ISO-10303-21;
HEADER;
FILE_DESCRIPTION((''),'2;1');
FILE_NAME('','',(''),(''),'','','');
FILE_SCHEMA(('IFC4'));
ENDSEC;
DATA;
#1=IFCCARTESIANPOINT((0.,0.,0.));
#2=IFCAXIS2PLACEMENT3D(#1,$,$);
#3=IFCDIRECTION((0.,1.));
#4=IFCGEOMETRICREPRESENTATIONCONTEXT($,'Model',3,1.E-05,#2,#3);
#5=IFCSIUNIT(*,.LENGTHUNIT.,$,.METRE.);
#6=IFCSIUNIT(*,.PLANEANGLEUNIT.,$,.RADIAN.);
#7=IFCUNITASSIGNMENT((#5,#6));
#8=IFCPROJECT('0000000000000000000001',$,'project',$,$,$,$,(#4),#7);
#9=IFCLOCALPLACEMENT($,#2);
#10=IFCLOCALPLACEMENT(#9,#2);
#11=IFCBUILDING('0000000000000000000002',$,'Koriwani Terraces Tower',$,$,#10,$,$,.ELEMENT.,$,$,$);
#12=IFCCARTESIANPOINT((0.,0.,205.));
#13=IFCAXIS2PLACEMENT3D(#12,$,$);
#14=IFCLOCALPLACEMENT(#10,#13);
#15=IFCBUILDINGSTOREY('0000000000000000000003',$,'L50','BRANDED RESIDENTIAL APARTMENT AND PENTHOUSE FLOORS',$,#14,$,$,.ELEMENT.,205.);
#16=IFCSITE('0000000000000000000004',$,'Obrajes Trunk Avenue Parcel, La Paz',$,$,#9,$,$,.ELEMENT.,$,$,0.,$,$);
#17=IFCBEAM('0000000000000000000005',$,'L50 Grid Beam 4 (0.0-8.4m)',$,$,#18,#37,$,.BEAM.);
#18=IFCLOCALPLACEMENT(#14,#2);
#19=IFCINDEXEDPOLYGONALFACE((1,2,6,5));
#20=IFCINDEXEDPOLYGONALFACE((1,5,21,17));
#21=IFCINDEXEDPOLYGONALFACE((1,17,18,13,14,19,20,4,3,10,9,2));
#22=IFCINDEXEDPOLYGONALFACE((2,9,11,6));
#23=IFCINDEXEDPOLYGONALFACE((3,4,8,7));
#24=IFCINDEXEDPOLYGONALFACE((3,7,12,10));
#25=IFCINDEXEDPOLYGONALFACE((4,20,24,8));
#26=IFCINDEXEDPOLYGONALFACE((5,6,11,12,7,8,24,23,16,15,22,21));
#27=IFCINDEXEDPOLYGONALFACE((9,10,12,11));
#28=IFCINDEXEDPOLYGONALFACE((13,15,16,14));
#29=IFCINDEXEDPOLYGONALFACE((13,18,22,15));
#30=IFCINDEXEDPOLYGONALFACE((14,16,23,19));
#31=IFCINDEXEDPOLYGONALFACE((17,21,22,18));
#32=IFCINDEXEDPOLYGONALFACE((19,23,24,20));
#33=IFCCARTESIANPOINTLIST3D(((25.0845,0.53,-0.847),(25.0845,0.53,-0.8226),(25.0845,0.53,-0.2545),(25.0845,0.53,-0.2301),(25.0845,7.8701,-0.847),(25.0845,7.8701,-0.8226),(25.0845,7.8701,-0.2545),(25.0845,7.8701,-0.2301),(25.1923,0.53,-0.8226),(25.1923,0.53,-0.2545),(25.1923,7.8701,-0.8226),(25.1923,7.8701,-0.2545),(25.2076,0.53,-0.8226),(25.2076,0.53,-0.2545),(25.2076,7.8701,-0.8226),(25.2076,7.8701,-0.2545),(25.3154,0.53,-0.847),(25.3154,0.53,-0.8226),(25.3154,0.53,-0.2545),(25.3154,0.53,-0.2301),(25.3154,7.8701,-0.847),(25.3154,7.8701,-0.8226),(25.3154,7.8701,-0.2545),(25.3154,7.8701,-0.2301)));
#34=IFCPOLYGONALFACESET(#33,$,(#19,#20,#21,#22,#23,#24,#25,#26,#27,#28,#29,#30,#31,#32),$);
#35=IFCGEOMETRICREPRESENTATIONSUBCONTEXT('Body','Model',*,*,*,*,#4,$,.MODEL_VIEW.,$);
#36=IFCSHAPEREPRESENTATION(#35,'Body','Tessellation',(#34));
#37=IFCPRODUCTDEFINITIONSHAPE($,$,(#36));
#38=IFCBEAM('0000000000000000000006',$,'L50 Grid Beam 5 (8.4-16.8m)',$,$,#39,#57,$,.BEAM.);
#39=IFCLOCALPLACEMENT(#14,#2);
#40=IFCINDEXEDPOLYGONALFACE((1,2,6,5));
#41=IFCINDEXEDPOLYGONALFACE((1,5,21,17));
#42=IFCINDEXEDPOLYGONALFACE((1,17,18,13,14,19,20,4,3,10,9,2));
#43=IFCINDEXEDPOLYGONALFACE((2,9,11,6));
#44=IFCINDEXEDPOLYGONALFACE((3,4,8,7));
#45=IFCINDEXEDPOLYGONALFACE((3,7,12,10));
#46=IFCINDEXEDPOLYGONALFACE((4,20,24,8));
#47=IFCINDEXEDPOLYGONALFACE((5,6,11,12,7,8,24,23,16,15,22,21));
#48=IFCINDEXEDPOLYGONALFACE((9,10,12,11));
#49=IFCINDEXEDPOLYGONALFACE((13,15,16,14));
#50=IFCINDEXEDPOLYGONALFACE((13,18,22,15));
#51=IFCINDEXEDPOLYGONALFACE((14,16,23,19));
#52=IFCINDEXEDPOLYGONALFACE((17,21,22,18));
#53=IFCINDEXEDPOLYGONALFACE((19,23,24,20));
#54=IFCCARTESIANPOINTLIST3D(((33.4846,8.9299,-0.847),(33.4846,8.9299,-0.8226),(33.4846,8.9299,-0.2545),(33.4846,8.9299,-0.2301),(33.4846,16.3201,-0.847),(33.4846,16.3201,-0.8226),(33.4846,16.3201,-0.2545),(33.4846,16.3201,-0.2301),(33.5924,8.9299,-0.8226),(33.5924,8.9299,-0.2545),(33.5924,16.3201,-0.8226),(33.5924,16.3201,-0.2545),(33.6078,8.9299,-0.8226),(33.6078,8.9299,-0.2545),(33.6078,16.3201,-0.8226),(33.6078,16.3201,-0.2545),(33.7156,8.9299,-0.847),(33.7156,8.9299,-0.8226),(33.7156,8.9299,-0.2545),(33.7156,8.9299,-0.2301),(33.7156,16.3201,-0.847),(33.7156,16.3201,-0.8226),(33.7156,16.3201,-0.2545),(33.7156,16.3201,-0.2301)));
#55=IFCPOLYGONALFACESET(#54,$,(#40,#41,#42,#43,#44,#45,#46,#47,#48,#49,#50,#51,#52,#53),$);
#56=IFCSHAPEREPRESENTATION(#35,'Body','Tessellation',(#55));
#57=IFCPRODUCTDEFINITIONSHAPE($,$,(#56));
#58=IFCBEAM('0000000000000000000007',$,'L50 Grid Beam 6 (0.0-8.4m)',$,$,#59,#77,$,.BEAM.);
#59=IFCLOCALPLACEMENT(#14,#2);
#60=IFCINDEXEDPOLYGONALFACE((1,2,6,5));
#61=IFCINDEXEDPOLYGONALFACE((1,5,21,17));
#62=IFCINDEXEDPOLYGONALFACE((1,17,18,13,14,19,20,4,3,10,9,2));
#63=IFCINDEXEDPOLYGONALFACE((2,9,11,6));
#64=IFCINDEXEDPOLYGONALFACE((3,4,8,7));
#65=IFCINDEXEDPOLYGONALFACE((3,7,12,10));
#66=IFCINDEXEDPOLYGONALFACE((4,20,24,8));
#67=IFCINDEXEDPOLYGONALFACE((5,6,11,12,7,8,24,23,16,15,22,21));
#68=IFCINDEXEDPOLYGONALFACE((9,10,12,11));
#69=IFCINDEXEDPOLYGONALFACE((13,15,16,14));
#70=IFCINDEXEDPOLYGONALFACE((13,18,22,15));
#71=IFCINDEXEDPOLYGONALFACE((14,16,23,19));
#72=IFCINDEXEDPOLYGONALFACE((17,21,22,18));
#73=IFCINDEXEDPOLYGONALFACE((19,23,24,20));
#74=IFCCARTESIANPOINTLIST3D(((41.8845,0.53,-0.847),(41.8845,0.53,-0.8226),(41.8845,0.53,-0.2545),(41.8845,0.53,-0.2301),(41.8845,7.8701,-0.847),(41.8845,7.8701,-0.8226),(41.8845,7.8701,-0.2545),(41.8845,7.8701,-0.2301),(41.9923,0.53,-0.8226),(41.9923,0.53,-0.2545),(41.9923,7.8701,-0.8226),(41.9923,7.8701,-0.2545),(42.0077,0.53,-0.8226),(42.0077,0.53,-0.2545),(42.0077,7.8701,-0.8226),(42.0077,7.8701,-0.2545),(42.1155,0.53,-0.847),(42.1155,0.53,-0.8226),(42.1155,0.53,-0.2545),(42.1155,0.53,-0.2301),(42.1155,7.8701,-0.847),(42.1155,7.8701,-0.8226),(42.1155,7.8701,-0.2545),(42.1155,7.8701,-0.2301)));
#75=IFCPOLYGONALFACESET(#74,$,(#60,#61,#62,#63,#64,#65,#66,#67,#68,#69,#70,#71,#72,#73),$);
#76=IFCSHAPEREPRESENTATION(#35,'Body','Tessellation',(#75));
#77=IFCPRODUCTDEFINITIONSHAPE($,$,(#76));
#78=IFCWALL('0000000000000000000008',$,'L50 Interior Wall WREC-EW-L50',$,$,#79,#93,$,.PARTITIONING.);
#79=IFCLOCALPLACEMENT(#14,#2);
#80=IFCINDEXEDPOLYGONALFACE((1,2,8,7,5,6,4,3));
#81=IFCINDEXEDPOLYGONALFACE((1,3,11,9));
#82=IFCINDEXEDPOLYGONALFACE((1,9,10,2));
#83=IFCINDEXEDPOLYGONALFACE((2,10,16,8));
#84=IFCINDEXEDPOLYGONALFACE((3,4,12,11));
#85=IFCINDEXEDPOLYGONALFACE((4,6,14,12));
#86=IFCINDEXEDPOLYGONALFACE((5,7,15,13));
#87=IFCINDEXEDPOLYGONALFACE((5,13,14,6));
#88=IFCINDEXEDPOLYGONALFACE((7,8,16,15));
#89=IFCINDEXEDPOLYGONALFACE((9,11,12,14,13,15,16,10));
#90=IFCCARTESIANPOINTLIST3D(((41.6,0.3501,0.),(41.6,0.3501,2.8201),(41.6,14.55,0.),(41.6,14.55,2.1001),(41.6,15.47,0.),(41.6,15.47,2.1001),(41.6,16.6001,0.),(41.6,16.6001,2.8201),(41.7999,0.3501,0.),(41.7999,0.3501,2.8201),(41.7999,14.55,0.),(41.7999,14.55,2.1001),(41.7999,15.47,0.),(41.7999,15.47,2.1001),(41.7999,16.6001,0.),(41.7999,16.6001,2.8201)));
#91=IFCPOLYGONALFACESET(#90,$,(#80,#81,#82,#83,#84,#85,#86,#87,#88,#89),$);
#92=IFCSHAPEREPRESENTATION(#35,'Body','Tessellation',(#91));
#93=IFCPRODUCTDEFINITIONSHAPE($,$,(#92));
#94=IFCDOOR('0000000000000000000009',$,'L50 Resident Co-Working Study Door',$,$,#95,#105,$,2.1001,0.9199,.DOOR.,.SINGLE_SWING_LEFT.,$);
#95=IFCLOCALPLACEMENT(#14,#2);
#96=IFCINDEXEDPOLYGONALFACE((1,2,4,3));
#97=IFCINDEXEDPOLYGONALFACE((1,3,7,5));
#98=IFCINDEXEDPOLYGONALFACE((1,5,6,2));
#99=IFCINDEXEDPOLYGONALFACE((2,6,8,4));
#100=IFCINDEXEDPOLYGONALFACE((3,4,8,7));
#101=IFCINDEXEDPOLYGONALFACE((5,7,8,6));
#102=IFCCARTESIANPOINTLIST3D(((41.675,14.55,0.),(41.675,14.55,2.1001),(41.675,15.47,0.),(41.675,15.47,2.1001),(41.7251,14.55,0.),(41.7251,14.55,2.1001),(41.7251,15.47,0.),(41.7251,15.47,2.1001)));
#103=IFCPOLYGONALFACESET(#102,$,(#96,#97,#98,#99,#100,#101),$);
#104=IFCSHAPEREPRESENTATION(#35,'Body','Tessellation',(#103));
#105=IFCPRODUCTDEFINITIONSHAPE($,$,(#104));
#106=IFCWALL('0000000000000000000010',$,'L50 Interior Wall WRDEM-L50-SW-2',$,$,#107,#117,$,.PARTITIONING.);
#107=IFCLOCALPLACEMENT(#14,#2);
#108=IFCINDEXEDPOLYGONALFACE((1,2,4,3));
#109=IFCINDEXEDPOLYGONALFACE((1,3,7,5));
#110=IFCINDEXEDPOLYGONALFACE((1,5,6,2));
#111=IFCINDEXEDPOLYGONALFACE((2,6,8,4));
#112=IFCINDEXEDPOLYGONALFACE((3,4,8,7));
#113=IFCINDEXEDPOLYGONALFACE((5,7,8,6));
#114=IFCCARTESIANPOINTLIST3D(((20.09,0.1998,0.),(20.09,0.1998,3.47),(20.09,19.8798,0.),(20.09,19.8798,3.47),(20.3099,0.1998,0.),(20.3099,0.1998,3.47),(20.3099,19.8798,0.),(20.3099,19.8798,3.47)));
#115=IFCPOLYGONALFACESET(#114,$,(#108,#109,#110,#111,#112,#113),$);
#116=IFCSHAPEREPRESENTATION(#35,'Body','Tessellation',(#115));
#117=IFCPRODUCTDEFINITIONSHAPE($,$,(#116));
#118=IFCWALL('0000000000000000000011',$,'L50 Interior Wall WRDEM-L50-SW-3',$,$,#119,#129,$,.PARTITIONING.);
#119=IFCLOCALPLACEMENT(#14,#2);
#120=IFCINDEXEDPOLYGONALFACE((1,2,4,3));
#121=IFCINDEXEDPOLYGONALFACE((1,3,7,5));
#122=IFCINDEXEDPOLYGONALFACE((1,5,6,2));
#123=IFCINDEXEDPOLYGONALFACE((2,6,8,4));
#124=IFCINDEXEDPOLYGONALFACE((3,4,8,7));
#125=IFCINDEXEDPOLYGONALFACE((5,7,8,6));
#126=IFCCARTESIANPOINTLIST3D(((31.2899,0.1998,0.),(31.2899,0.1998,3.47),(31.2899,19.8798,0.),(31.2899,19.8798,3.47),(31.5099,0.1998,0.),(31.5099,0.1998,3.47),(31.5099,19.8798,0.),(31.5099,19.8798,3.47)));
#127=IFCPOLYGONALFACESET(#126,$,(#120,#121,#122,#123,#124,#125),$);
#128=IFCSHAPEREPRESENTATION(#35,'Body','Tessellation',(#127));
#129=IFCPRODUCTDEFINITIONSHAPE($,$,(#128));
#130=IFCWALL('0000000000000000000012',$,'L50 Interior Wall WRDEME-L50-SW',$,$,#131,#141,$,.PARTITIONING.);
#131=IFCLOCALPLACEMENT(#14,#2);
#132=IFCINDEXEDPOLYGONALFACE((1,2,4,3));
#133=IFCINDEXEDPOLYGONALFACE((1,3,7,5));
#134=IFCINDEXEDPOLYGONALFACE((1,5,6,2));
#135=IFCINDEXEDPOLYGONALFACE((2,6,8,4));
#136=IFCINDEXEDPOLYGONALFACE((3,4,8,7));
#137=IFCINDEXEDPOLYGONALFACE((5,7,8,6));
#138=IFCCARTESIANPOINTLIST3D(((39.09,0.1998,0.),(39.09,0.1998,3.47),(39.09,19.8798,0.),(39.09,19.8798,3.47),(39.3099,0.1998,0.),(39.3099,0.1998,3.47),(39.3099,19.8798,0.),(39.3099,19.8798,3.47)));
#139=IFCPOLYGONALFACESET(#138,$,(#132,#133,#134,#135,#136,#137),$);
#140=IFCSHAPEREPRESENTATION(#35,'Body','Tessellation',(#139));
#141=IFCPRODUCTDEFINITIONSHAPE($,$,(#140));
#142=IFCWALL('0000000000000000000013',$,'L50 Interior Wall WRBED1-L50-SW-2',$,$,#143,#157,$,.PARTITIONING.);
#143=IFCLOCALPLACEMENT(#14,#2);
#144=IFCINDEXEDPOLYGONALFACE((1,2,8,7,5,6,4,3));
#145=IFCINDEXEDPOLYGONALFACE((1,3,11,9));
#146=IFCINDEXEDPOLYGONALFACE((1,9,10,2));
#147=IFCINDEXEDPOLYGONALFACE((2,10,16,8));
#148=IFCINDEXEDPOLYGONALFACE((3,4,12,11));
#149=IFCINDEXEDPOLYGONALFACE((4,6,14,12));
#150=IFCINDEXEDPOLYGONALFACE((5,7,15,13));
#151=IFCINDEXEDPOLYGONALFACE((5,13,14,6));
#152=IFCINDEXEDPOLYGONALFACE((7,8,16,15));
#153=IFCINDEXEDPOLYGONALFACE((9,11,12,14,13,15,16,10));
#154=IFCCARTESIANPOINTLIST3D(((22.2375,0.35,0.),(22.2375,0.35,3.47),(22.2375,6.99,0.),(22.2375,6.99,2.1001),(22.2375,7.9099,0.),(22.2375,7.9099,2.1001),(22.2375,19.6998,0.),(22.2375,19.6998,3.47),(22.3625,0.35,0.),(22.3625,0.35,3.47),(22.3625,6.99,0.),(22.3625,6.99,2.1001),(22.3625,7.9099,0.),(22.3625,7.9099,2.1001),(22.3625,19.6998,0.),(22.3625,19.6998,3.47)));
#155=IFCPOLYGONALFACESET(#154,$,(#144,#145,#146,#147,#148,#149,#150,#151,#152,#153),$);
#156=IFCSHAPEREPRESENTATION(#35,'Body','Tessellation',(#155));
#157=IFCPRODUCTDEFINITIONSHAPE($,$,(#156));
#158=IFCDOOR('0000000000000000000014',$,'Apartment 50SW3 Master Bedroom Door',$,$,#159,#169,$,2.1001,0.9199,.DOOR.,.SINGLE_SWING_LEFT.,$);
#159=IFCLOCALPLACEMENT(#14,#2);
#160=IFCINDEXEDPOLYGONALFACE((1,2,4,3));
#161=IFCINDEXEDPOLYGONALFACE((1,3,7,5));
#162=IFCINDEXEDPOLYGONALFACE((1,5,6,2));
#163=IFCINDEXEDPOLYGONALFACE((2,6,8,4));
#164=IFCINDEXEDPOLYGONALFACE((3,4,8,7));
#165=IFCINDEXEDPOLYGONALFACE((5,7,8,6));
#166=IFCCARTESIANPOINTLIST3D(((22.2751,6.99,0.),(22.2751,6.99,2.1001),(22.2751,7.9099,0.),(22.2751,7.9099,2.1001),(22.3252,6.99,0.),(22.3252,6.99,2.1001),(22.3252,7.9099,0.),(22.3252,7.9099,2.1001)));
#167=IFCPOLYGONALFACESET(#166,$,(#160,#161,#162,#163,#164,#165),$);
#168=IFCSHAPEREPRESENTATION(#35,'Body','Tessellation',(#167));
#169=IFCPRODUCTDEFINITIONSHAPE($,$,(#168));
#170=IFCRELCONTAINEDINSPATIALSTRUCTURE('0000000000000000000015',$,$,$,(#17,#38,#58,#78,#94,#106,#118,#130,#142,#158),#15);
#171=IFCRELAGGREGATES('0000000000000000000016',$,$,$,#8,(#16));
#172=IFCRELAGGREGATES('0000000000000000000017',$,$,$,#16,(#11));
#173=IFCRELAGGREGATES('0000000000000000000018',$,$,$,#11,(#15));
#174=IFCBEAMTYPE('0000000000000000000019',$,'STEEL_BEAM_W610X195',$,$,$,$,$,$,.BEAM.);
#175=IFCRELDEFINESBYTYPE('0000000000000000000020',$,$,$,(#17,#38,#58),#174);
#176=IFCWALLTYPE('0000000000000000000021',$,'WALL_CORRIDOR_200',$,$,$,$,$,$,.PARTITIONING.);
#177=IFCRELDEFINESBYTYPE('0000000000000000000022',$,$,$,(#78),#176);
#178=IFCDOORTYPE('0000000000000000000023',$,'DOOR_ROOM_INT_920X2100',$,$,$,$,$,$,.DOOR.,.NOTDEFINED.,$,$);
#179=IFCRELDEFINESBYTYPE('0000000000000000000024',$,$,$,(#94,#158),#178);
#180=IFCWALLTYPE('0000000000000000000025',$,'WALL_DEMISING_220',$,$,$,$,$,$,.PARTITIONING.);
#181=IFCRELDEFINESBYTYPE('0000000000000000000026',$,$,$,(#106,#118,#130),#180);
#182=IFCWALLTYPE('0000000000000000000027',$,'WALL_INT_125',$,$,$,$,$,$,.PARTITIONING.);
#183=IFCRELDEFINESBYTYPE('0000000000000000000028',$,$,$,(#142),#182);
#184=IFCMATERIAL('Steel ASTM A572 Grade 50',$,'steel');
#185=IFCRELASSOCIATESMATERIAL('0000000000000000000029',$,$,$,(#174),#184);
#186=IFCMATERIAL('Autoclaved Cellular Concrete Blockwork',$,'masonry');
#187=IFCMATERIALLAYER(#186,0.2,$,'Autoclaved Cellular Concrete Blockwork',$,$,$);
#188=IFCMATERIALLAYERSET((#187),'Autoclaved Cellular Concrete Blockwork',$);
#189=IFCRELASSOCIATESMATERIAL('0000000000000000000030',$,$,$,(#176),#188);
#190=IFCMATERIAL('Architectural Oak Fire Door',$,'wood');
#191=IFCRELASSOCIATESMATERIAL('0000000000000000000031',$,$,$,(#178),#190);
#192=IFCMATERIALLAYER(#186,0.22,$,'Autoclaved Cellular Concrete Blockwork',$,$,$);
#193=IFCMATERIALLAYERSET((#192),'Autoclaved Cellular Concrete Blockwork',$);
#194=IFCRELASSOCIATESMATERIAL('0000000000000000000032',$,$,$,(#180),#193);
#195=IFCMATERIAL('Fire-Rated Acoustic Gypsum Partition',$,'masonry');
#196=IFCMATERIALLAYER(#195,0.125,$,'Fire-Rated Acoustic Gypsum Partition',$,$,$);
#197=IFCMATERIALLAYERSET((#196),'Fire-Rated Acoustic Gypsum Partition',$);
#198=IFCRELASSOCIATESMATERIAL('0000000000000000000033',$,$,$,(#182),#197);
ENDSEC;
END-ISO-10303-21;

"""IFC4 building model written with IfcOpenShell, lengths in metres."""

from ifc_helpers import new_model, si_unit, direction, frame, frame_2d, origin, origin_2d, place, context, subcontext, project, spatial, rectangle, i_section, extrude, material, layer, layer_set, material_profile, profile_set, type_object, element, fill, save


model = new_model("IFC4")

# Units and contexts
model_context = context("Model", 3, precision=1e-05, world=origin(), true_north=direction((0.0, 1.0)))
body_context = subcontext(model_context, "Body", "Model", "MODEL_VIEW")
ifc_project = project(units=[si_unit("LENGTHUNIT", "METRE"), si_unit("PLANEANGLEUNIT", "RADIAN")], contexts=[model_context])

# Site, building, storey
site_placement = place(None, origin())
site = spatial("IfcSite", under=ifc_project, at=site_placement, Name="Obrajes Trunk Avenue Parcel, La Paz", CompositionType="ELEMENT", RefElevation=0.0)
building_placement = place(site_placement, origin())
building = spatial("IfcBuilding", under=site, at=building_placement, Name="Koriwani Terraces Tower", CompositionType="ELEMENT")
storey_placement = place(building_placement, frame((0.0, 0.0, 205.0)))
storey = spatial("IfcBuildingStorey", under=building, at=storey_placement, Name="L50", Description="BRANDED RESIDENTIAL APARTMENT AND PENTHOUSE FLOORS", CompositionType="ELEMENT", Elevation=205.0)

# Beams
ifc_material_1 = material(Name="Steel ASTM A572 Grade 50", Category="steel")
ifc_material_profile_1 = material_profile(ifc_material_1, i_section(OverallWidth=0.231, OverallDepth=0.6169, WebThickness=0.0154, FlangeThickness=0.0244, at=origin_2d()), Name="Steel ASTM A572 Grade 50", Category="LoadBearing")
ifc_profile_set_1 = profile_set([ifc_material_profile_1], Name="Steel ASTM A572 Grade 50")
beam_type_1 = type_object("IfcBeamType", Name="STEEL_BEAM_W610X195", PredefinedType="BEAM", material=ifc_profile_set_1)
for number, where, z_axis, x_axis, name in (
    (1, (25.2, 0.53, -0.5386), (0.0, 1.0, 0.0), (-1.0, 0.0, 0.0), "L50 Grid Beam 4 (0.0-8.4m)"),
):
    element("IfcBeam", number, at=place(storey_placement, frame(where, z_axis=z_axis, x_axis=x_axis)), inside=storey, type_object=beam_type_1, Name=name, PredefinedType="BEAM", context=body_context, shape_type="SweptSolid", body=[
        extrude(i_section(OverallWidth=0.231, OverallDepth=0.6169, WebThickness=0.0154, FlangeThickness=0.0244, at=origin_2d()), origin(), (0.0, 0.0, 1.0), 7.3401),
    ])
beam_1_placement = place(storey_placement, frame((33.6001, 8.9299, -0.5386), z_axis=(0.0, 1.0, 0.0), x_axis=(-1.0, 0.0, 0.0)))
element("IfcBeam", 2, at=beam_1_placement, inside=storey, type_object=beam_type_1, Name="L50 Grid Beam 5 (8.4-16.8m)", PredefinedType="BEAM", context=body_context, shape_type="SweptSolid", body=[
    extrude(i_section(OverallWidth=0.231, OverallDepth=0.6169, WebThickness=0.0154, FlangeThickness=0.0244, at=origin_2d()), origin(), (0.0, 0.0, 1.0), 7.3901),
])
beam_2_placement = place(storey_placement, frame((42.0, 0.53, -0.5386), z_axis=(0.0, 1.0, 0.0), x_axis=(-1.0, 0.0, 0.0)))
element("IfcBeam", 3, at=beam_2_placement, inside=storey, type_object=beam_type_1, Name="L50 Grid Beam 6 (0.0-8.4m)", PredefinedType="BEAM", context=body_context, shape_type="SweptSolid", body=[
    extrude(i_section(OverallWidth=0.231, OverallDepth=0.6169, WebThickness=0.0154, FlangeThickness=0.0244, at=origin_2d()), origin(), (0.0, 0.0, 1.0), 7.3401),
])

# Wall, opening, door
ifc_material_2 = material(Name="Autoclaved Cellular Concrete Blockwork", Category="masonry")
ifc_layer_1 = layer(ifc_material_2, 0.2, Name="Autoclaved Cellular Concrete Blockwork")
ifc_layer_set_1 = layer_set([ifc_layer_1], Name="Autoclaved Cellular Concrete Blockwork")
wall_type_1 = type_object("IfcWallType", Name="WALL_CORRIDOR_200", PredefinedType="PARTITIONING", material=ifc_layer_set_1)
wall_1_placement = place(storey_placement, frame((41.7, 0.3501, 0.0), z_axis=(0.0, 0.0, 1.0), x_axis=(0.0, 1.0, 0.0)))
wall_1 = element("IfcWall", 4, at=wall_1_placement, inside=storey, type_object=wall_type_1, Name="L50 Interior Wall WREC-EW-L50", PredefinedType="PARTITIONING", context=body_context, shape_type="SweptSolid", body=[
    extrude(rectangle(XDim=16.25, YDim=0.2, at=frame_2d((8.125, 0.0))), origin(), (0.0, 0.0, 1.0), 2.8201),
])
opening_1_placement = place(wall_1_placement, frame((14.2, 0.0, 0.0)))
opening_1 = element("IfcOpeningElement", 5, at=opening_1_placement, cuts=wall_1, PredefinedType="OPENING", context=body_context, shape_type="SweptSolid", body=[
    extrude(rectangle(XDim=0.9199, YDim=2.1001, at=frame_2d((0.46, 1.05))), frame((0.0, 0.1099, 0.0), z_axis=(0.0, -1.0, 0.0), x_axis=(1.0, 0.0, 0.0)), (0.0, 0.0, 1.0), 0.22),
])
ifc_material_3 = material(Name="Architectural Oak Fire Door", Category="wood")
door_type_1 = type_object("IfcDoorType", Name="DOOR_ROOM_INT_920X2100", OperationType="NOTDEFINED", PredefinedType="DOOR", material=ifc_material_3)
door_1_placement = place(opening_1_placement, origin())
door_1 = element("IfcDoor", 6, at=door_1_placement, inside=storey, type_object=door_type_1, Name="L50 Resident Co-Working Study Door", OperationType="SINGLE_SWING_LEFT", OverallHeight=2.1001, OverallWidth=0.9199, PredefinedType="DOOR", context=body_context, shape_type="SweptSolid", body=[
    extrude(rectangle(XDim=0.9199, YDim=2.1001, at=frame_2d((0.46, 1.05))), frame((0.0, 0.0249, 0.0), z_axis=(0.0, -1.0, 0.0), x_axis=(1.0, 0.0, 0.0)), (0.0, 0.0, 1.0), 0.05),
])
fill(opening_1, door_1)

# Walls
ifc_layer_2 = layer(ifc_material_2, 0.22, Name="Autoclaved Cellular Concrete Blockwork")
ifc_layer_set_2 = layer_set([ifc_layer_2], Name="Autoclaved Cellular Concrete Blockwork")
wall_type_2 = type_object("IfcWallType", Name="WALL_DEMISING_220", PredefinedType="PARTITIONING", material=ifc_layer_set_2)
for number, where, z_axis, x_axis, name in (
    (7, (20.2, 0.2, 0.0), (0.0, 0.0, 1.0), (0.0, 1.0, 0.0), "L50 Interior Wall WRDEM-L50-SW-2"),
    (8, (31.3999, 0.2, 0.0), (0.0, 0.0, 1.0), (0.0, 1.0, 0.0), "L50 Interior Wall WRDEM-L50-SW-3"),
    (9, (39.2, 0.2, 0.0), (0.0, 0.0, 1.0), (0.0, 1.0, 0.0), "L50 Interior Wall WRDEME-L50-SW"),
):
    element("IfcWall", number, at=place(storey_placement, frame(where, z_axis=z_axis, x_axis=x_axis)), inside=storey, type_object=wall_type_2, Name=name, PredefinedType="PARTITIONING", context=body_context, shape_type="SweptSolid", body=[
        extrude(rectangle(XDim=19.6799, YDim=0.22, at=frame_2d((9.8398, 0.0))), origin(), (0.0, 0.0, 1.0), 3.47),
    ])

# Wall, opening, door
ifc_material_4 = material(Name="Fire-Rated Acoustic Gypsum Partition", Category="masonry")
ifc_layer_3 = layer(ifc_material_4, 0.125, Name="Fire-Rated Acoustic Gypsum Partition")
ifc_layer_set_3 = layer_set([ifc_layer_3], Name="Fire-Rated Acoustic Gypsum Partition")
wall_type_3 = type_object("IfcWallType", Name="WALL_INT_125", PredefinedType="PARTITIONING", material=ifc_layer_set_3)
wall_2_placement = place(storey_placement, frame((22.3, 0.3501, 0.0), z_axis=(0.0, 0.0, 1.0), x_axis=(0.0, 1.0, 0.0)))
wall_2 = element("IfcWall", 10, at=wall_2_placement, inside=storey, type_object=wall_type_3, Name="L50 Interior Wall WRBED1-L50-SW-2", PredefinedType="PARTITIONING", context=body_context, shape_type="SweptSolid", body=[
    extrude(rectangle(XDim=19.3499, YDim=0.125, at=frame_2d((9.6748, 0.0))), origin(), (0.0, 0.0, 1.0), 3.47),
])
opening_2_placement = place(wall_2_placement, frame((6.6399, 0.0, 0.0)))
opening_2 = element("IfcOpeningElement", 11, at=opening_2_placement, cuts=wall_2, PredefinedType="OPENING", context=body_context, shape_type="SweptSolid", body=[
    extrude(rectangle(XDim=0.9199, YDim=2.1001, at=frame_2d((0.46, 1.05))), frame((0.0, 0.0725, 0.0), z_axis=(0.0, -1.0, 0.0), x_axis=(1.0, 0.0, 0.0)), (0.0, 0.0, 1.0), 0.145),
])
door_2_placement = place(opening_2_placement, origin())
door_2 = element("IfcDoor", 12, at=door_2_placement, inside=storey, type_object=door_type_1, Name="Apartment 50SW3 Master Bedroom Door", OperationType="SINGLE_SWING_LEFT", OverallHeight=2.1001, OverallWidth=0.9199, PredefinedType="DOOR", context=body_context, shape_type="SweptSolid", body=[
    extrude(rectangle(XDim=0.9199, YDim=2.1001, at=frame_2d((0.46, 1.05))), frame((0.0, 0.0249, 0.0), z_axis=(0.0, -1.0, 0.0), x_axis=(1.0, 0.0, 0.0)), (0.0, 0.0, 1.0), 0.05),
])
fill(opening_2, door_2)

save(model, "model.ifc")
